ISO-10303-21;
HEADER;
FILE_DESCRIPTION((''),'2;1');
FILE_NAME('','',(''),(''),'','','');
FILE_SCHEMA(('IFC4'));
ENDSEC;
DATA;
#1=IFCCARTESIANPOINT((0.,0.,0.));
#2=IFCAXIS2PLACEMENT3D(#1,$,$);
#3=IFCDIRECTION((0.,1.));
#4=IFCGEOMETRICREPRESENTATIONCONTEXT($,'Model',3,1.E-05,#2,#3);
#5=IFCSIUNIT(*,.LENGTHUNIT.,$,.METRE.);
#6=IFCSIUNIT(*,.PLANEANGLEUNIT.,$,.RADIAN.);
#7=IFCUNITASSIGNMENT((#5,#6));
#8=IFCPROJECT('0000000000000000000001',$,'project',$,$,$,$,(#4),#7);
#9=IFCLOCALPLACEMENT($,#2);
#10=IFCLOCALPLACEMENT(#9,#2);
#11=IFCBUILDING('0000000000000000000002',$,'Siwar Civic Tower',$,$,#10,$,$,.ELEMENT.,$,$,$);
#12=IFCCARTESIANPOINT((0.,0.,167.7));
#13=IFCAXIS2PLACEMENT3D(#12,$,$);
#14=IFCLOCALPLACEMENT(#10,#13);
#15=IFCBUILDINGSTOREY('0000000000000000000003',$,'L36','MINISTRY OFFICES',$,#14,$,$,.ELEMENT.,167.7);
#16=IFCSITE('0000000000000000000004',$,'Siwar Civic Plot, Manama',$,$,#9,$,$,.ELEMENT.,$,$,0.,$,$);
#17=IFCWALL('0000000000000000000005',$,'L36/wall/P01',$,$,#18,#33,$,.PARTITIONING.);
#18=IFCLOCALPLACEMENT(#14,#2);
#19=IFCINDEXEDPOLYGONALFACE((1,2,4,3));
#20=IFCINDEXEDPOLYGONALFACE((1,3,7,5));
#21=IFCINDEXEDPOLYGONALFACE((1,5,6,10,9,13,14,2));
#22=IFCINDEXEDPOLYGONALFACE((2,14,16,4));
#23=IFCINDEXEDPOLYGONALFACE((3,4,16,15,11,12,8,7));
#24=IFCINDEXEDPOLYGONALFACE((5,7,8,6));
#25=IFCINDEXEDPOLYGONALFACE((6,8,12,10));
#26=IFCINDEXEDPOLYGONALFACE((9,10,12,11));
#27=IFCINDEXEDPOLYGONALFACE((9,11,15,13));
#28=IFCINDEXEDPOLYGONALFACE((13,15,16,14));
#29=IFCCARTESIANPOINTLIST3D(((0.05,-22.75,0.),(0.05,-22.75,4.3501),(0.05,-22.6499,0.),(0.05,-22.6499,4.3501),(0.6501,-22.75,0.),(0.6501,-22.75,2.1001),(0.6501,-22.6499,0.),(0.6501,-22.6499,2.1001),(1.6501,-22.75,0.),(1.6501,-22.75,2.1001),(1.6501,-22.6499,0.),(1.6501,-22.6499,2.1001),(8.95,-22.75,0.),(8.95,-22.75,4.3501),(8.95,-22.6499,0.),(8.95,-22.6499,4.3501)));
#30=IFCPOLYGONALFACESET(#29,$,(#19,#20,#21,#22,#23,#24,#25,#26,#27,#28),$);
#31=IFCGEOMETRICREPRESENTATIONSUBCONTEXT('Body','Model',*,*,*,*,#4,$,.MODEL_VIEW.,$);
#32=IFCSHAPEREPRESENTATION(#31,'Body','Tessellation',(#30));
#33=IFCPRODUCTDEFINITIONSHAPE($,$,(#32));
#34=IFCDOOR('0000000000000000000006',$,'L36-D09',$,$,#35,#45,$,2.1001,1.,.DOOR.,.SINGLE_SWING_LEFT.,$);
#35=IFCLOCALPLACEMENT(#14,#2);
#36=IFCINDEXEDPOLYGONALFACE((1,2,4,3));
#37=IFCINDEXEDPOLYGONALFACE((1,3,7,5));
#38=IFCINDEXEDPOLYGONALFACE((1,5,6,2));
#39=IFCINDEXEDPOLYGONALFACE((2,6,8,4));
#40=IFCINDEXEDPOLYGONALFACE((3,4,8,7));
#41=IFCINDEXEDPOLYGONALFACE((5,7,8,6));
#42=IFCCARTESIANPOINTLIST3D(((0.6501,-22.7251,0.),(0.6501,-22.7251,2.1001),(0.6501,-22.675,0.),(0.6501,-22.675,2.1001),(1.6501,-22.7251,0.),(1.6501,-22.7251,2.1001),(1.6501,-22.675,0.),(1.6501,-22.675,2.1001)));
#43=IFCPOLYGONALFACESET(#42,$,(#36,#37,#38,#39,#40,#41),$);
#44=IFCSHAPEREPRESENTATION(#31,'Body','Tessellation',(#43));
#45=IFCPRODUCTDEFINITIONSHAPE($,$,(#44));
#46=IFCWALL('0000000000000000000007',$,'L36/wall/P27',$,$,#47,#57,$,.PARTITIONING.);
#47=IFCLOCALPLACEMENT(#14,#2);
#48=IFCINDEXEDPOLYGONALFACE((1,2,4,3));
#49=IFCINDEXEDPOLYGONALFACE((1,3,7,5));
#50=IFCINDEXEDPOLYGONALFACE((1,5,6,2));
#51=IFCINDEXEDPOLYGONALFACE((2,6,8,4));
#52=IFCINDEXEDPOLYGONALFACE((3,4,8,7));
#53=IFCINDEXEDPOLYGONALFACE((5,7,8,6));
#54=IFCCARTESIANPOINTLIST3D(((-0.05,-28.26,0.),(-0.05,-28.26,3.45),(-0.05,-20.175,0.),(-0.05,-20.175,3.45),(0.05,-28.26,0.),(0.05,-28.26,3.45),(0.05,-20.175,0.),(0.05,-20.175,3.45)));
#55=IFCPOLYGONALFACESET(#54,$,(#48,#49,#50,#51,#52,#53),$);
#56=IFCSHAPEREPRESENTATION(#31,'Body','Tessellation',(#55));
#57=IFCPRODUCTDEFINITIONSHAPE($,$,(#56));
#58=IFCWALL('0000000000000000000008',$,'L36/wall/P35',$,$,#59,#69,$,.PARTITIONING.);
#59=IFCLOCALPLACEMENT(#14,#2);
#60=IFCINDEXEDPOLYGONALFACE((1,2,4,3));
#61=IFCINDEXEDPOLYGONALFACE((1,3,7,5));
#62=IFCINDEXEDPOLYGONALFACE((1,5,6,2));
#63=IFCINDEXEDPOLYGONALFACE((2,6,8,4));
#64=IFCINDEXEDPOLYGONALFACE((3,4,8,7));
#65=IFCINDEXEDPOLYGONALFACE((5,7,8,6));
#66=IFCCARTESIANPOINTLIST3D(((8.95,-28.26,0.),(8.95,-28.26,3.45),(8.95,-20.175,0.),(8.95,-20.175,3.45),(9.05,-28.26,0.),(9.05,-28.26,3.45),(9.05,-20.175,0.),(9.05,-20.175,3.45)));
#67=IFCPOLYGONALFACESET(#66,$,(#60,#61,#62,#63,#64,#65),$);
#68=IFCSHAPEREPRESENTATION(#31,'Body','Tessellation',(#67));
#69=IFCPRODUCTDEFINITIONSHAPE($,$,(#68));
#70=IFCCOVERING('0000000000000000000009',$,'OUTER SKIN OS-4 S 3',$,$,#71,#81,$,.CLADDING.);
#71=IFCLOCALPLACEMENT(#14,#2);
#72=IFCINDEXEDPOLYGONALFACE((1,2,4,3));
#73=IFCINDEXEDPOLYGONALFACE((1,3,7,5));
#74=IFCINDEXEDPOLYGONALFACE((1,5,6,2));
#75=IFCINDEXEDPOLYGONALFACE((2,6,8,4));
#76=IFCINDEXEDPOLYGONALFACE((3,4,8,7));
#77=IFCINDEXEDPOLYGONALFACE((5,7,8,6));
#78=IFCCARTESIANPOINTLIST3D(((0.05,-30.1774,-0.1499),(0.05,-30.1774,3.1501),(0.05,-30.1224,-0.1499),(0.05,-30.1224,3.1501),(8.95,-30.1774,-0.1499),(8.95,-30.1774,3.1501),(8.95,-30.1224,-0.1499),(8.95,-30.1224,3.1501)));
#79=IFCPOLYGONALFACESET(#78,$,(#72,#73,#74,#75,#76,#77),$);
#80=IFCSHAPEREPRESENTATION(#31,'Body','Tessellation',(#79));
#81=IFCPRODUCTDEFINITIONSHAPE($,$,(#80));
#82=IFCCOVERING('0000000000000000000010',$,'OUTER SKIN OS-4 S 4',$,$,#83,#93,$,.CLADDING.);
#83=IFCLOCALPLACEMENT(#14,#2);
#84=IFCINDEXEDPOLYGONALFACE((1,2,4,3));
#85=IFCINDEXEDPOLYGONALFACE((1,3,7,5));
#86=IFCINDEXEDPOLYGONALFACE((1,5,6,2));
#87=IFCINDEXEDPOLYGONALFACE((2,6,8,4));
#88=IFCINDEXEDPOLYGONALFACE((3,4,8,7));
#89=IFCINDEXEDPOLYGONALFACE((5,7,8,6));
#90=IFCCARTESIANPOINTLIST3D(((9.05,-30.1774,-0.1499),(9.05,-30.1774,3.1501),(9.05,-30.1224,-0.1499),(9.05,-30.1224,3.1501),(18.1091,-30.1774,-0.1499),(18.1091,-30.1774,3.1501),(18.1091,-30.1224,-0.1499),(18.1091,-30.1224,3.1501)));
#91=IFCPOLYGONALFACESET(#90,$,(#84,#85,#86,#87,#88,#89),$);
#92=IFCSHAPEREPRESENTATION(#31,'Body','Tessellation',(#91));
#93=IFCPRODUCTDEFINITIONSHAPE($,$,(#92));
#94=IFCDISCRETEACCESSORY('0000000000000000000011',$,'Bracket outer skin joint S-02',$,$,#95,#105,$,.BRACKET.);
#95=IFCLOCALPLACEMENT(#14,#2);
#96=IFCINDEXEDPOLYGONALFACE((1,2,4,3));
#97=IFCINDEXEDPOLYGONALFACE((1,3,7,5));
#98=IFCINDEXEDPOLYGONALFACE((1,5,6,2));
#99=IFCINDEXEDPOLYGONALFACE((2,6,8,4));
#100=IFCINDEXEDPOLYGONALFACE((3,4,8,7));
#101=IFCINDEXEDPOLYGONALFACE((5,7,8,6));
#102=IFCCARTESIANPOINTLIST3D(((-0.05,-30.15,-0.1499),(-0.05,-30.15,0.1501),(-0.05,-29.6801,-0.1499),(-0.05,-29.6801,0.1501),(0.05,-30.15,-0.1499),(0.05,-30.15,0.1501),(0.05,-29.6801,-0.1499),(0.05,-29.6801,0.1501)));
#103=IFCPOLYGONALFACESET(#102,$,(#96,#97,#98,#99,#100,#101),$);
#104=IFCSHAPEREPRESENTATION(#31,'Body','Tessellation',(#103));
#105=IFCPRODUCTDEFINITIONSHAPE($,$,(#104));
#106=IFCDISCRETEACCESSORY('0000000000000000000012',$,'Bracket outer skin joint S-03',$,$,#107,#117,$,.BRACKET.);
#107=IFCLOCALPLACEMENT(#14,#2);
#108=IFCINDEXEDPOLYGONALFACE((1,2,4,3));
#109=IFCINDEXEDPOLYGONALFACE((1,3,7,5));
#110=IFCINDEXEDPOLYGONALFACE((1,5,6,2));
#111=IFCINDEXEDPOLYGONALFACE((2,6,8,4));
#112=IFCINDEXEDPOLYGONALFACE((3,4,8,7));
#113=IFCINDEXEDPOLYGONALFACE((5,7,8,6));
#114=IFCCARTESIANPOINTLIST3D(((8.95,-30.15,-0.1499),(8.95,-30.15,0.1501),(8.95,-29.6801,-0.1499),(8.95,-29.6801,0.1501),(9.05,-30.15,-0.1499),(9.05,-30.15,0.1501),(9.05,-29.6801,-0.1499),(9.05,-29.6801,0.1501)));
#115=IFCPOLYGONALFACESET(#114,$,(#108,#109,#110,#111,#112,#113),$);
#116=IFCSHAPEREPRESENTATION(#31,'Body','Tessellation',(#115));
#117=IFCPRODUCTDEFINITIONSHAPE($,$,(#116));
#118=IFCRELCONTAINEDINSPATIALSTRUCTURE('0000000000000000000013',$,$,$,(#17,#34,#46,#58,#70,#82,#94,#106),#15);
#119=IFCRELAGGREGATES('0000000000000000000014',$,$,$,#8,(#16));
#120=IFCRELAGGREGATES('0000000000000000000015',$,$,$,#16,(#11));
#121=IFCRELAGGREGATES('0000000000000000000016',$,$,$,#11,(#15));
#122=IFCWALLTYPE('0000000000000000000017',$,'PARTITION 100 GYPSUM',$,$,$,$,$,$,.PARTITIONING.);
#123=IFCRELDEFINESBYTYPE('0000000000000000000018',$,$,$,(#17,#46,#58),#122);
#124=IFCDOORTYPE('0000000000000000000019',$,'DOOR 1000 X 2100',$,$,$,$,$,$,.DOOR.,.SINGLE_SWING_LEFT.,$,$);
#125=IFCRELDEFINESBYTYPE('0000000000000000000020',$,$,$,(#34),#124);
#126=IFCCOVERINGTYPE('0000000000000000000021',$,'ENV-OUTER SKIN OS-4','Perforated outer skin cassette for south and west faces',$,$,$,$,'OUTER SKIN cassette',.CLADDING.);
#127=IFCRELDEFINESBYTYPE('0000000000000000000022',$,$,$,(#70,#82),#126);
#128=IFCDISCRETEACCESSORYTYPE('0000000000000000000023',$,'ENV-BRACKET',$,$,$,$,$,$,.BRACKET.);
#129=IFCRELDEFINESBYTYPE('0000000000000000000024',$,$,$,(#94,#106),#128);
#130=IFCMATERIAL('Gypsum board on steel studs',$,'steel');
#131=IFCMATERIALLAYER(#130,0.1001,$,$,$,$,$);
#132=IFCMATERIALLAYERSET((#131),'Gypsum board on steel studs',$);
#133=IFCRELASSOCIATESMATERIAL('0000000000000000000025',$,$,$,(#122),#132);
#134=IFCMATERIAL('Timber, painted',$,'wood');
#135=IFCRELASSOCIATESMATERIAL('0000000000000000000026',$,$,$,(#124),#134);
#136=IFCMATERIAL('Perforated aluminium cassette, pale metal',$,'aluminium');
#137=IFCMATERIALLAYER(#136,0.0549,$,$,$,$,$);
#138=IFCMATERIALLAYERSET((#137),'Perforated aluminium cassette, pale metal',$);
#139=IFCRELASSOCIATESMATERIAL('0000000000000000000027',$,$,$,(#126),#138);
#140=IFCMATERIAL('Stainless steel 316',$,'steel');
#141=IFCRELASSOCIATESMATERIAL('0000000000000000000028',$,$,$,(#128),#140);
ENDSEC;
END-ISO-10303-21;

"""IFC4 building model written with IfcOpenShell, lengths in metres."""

from ifc_helpers import new_model, si_unit, direction, frame, frame_2d, origin, origin_2d, place, context, subcontext, project, spatial, rectangle, extrude, material, layer, layer_set, type_object, element, fill, save


model = new_model("IFC4")

# Units and contexts
model_context = context("Model", 3, precision=1e-05, world=origin(), true_north=direction((0.0, 1.0)))
body_context = subcontext(model_context, "Body", "Model", "MODEL_VIEW")
ifc_project = project(units=[si_unit("LENGTHUNIT", "METRE"), si_unit("PLANEANGLEUNIT", "RADIAN")], contexts=[model_context])

# Site, building, storey
site_placement = place(None, origin())
site = spatial("IfcSite", under=ifc_project, at=site_placement, Name="Siwar Civic Plot, Manama", CompositionType="ELEMENT", RefElevation=0.0)
building_placement = place(site_placement, origin())
building = spatial("IfcBuilding", under=site, at=building_placement, Name="Siwar Civic Tower", CompositionType="ELEMENT")
storey_placement = place(building_placement, frame((0.0, 0.0, 167.7)))
storey = spatial("IfcBuildingStorey", under=building, at=storey_placement, Name="L36", Description="MINISTRY OFFICES", CompositionType="ELEMENT", Elevation=167.7)

# Wall, opening, door
ifc_material_1 = material(Name="Gypsum board on steel studs", Category="steel")
ifc_layer_1 = layer(ifc_material_1, 0.1001)
ifc_layer_set_1 = layer_set([ifc_layer_1], Name="Gypsum board on steel studs")
wall_type_1 = type_object("IfcWallType", Name="PARTITION 100 GYPSUM", PredefinedType="PARTITIONING", material=ifc_layer_set_1)
wall_1_placement = place(storey_placement, frame((0.05, -22.7, 0.0), z_axis=(0.0, 0.0, 1.0), x_axis=(1.0, 0.0, 0.0)))
wall_1 = element("IfcWall", 1, at=wall_1_placement, inside=storey, type_object=wall_type_1, Name="L36/wall/P01", PredefinedType="PARTITIONING", context=body_context, shape_type="SweptSolid", body=[
    extrude(rectangle(XDim=8.8999, YDim=0.1001, at=frame_2d((4.45, 0.0))), origin(), (0.0, 0.0, 1.0), 4.3501),
])
opening_1_placement = place(wall_1_placement, frame((0.6001, 0.0, 0.0)))
opening_1 = element("IfcOpeningElement", 2, at=opening_1_placement, cuts=wall_1, PredefinedType="OPENING", context=body_context, shape_type="SweptSolid", body=[
    extrude(rectangle(XDim=1.0, YDim=2.1001, at=frame_2d((0.5, 1.05))), frame((0.0, 0.0601, 0.0), z_axis=(0.0, -1.0, 0.0), x_axis=(1.0, 0.0, 0.0)), (0.0, 0.0, 1.0), 0.1201),
])
ifc_material_2 = material(Name="Timber, painted", Category="wood")
door_type_1 = type_object("IfcDoorType", Name="DOOR 1000 X 2100", OperationType="SINGLE_SWING_LEFT", PredefinedType="DOOR", material=ifc_material_2)
door_1_placement = place(opening_1_placement, origin())
door_1 = element("IfcDoor", 3, at=door_1_placement, inside=storey, type_object=door_type_1, Name="L36-D09", OperationType="SINGLE_SWING_LEFT", OverallHeight=2.1001, OverallWidth=1.0, PredefinedType="DOOR", context=body_context, shape_type="SweptSolid", body=[
    extrude(rectangle(XDim=1.0, YDim=2.1001, at=frame_2d((0.5, 1.05))), frame((0.0, 0.0249, 0.0), z_axis=(0.0, -1.0, 0.0), x_axis=(1.0, 0.0, 0.0)), (0.0, 0.0, 1.0), 0.05),
])
fill(opening_1, door_1)

# Walls
for number, where, z_axis, x_axis, name in (
    (4, (0.0, -28.26, 0.0), (0.0, 0.0, 1.0), (0.0, 1.0, 0.0), "L36/wall/P27"),
    (5, (9.0, -28.26, 0.0), (0.0, 0.0, 1.0), (0.0, 1.0, 0.0), "L36/wall/P35"),
):
    element("IfcWall", number, at=place(storey_placement, frame(where, z_axis=z_axis, x_axis=x_axis)), inside=storey, type_object=wall_type_1, Name=name, PredefinedType="PARTITIONING", context=body_context, shape_type="SweptSolid", body=[
        extrude(rectangle(XDim=8.085, YDim=0.1001, at=frame_2d((4.0425, 0.0))), origin(), (0.0, 0.0, 1.0), 3.45),
    ])

# Coverings
ifc_material_3 = material(Name="Perforated aluminium cassette, pale metal", Category="aluminium")
ifc_layer_2 = layer(ifc_material_3, 0.0549)
ifc_layer_set_2 = layer_set([ifc_layer_2], Name="Perforated aluminium cassette, pale metal")
covering_type = type_object("IfcCoveringType", Name="ENV-OUTER SKIN OS-4", Description="Perforated outer skin cassette for south and west faces", ElementType="OUTER SKIN cassette", PredefinedType="CLADDING", material=ifc_layer_set_2)
covering_1_placement = place(storey_placement, frame((4.5, -30.1499, -0.1499), z_axis=(0.0, 0.0, 1.0), x_axis=(1.0, 0.0, 0.0)))
element("IfcCovering", 6, at=covering_1_placement, inside=storey, type_object=covering_type, Name="OUTER SKIN OS-4 S 3", PredefinedType="CLADDING", context=body_context, shape_type="SweptSolid", body=[
    extrude(rectangle(XDim=8.8999, YDim=0.0549, at=origin_2d()), origin(), (0.0, 0.0, 1.0), 3.3),
])
covering_2_placement = place(storey_placement, frame((13.5796, -30.1499, -0.1499), z_axis=(0.0, 0.0, 1.0), x_axis=(1.0, 0.0, 0.0)))
element("IfcCovering", 7, at=covering_2_placement, inside=storey, type_object=covering_type, Name="OUTER SKIN OS-4 S 4", PredefinedType="CLADDING", context=body_context, shape_type="SweptSolid", body=[
    extrude(rectangle(XDim=9.0591, YDim=0.0549, at=origin_2d()), origin(), (0.0, 0.0, 1.0), 3.3),
])

# Discrete accessories
ifc_material_4 = material(Name="Stainless steel 316", Category="steel")
discrete_accessory_type = type_object("IfcDiscreteAccessoryType", Name="ENV-BRACKET", PredefinedType="BRACKET", material=ifc_material_4)
for number, where, z_axis, x_axis, name in (
    (8, (0.0, -29.915, -0.1499), (0.0, 0.0, 1.0), (0.0, -1.0, 0.0), "Bracket outer skin joint S-02"),
    (9, (9.0, -29.915, -0.1499), (0.0, 0.0, 1.0), (0.0, -1.0, 0.0), "Bracket outer skin joint S-03"),
):
    element("IfcDiscreteAccessory", number, at=place(storey_placement, frame(where, z_axis=z_axis, x_axis=x_axis)), inside=storey, type_object=discrete_accessory_type, Name=name, PredefinedType="BRACKET", context=body_context, shape_type="SweptSolid", body=[
        extrude(rectangle(XDim=0.47, YDim=0.1001, at=origin_2d()), origin(), (0.0, 0.0, 1.0), 0.3),
    ])

save(model, "model.ifc")
